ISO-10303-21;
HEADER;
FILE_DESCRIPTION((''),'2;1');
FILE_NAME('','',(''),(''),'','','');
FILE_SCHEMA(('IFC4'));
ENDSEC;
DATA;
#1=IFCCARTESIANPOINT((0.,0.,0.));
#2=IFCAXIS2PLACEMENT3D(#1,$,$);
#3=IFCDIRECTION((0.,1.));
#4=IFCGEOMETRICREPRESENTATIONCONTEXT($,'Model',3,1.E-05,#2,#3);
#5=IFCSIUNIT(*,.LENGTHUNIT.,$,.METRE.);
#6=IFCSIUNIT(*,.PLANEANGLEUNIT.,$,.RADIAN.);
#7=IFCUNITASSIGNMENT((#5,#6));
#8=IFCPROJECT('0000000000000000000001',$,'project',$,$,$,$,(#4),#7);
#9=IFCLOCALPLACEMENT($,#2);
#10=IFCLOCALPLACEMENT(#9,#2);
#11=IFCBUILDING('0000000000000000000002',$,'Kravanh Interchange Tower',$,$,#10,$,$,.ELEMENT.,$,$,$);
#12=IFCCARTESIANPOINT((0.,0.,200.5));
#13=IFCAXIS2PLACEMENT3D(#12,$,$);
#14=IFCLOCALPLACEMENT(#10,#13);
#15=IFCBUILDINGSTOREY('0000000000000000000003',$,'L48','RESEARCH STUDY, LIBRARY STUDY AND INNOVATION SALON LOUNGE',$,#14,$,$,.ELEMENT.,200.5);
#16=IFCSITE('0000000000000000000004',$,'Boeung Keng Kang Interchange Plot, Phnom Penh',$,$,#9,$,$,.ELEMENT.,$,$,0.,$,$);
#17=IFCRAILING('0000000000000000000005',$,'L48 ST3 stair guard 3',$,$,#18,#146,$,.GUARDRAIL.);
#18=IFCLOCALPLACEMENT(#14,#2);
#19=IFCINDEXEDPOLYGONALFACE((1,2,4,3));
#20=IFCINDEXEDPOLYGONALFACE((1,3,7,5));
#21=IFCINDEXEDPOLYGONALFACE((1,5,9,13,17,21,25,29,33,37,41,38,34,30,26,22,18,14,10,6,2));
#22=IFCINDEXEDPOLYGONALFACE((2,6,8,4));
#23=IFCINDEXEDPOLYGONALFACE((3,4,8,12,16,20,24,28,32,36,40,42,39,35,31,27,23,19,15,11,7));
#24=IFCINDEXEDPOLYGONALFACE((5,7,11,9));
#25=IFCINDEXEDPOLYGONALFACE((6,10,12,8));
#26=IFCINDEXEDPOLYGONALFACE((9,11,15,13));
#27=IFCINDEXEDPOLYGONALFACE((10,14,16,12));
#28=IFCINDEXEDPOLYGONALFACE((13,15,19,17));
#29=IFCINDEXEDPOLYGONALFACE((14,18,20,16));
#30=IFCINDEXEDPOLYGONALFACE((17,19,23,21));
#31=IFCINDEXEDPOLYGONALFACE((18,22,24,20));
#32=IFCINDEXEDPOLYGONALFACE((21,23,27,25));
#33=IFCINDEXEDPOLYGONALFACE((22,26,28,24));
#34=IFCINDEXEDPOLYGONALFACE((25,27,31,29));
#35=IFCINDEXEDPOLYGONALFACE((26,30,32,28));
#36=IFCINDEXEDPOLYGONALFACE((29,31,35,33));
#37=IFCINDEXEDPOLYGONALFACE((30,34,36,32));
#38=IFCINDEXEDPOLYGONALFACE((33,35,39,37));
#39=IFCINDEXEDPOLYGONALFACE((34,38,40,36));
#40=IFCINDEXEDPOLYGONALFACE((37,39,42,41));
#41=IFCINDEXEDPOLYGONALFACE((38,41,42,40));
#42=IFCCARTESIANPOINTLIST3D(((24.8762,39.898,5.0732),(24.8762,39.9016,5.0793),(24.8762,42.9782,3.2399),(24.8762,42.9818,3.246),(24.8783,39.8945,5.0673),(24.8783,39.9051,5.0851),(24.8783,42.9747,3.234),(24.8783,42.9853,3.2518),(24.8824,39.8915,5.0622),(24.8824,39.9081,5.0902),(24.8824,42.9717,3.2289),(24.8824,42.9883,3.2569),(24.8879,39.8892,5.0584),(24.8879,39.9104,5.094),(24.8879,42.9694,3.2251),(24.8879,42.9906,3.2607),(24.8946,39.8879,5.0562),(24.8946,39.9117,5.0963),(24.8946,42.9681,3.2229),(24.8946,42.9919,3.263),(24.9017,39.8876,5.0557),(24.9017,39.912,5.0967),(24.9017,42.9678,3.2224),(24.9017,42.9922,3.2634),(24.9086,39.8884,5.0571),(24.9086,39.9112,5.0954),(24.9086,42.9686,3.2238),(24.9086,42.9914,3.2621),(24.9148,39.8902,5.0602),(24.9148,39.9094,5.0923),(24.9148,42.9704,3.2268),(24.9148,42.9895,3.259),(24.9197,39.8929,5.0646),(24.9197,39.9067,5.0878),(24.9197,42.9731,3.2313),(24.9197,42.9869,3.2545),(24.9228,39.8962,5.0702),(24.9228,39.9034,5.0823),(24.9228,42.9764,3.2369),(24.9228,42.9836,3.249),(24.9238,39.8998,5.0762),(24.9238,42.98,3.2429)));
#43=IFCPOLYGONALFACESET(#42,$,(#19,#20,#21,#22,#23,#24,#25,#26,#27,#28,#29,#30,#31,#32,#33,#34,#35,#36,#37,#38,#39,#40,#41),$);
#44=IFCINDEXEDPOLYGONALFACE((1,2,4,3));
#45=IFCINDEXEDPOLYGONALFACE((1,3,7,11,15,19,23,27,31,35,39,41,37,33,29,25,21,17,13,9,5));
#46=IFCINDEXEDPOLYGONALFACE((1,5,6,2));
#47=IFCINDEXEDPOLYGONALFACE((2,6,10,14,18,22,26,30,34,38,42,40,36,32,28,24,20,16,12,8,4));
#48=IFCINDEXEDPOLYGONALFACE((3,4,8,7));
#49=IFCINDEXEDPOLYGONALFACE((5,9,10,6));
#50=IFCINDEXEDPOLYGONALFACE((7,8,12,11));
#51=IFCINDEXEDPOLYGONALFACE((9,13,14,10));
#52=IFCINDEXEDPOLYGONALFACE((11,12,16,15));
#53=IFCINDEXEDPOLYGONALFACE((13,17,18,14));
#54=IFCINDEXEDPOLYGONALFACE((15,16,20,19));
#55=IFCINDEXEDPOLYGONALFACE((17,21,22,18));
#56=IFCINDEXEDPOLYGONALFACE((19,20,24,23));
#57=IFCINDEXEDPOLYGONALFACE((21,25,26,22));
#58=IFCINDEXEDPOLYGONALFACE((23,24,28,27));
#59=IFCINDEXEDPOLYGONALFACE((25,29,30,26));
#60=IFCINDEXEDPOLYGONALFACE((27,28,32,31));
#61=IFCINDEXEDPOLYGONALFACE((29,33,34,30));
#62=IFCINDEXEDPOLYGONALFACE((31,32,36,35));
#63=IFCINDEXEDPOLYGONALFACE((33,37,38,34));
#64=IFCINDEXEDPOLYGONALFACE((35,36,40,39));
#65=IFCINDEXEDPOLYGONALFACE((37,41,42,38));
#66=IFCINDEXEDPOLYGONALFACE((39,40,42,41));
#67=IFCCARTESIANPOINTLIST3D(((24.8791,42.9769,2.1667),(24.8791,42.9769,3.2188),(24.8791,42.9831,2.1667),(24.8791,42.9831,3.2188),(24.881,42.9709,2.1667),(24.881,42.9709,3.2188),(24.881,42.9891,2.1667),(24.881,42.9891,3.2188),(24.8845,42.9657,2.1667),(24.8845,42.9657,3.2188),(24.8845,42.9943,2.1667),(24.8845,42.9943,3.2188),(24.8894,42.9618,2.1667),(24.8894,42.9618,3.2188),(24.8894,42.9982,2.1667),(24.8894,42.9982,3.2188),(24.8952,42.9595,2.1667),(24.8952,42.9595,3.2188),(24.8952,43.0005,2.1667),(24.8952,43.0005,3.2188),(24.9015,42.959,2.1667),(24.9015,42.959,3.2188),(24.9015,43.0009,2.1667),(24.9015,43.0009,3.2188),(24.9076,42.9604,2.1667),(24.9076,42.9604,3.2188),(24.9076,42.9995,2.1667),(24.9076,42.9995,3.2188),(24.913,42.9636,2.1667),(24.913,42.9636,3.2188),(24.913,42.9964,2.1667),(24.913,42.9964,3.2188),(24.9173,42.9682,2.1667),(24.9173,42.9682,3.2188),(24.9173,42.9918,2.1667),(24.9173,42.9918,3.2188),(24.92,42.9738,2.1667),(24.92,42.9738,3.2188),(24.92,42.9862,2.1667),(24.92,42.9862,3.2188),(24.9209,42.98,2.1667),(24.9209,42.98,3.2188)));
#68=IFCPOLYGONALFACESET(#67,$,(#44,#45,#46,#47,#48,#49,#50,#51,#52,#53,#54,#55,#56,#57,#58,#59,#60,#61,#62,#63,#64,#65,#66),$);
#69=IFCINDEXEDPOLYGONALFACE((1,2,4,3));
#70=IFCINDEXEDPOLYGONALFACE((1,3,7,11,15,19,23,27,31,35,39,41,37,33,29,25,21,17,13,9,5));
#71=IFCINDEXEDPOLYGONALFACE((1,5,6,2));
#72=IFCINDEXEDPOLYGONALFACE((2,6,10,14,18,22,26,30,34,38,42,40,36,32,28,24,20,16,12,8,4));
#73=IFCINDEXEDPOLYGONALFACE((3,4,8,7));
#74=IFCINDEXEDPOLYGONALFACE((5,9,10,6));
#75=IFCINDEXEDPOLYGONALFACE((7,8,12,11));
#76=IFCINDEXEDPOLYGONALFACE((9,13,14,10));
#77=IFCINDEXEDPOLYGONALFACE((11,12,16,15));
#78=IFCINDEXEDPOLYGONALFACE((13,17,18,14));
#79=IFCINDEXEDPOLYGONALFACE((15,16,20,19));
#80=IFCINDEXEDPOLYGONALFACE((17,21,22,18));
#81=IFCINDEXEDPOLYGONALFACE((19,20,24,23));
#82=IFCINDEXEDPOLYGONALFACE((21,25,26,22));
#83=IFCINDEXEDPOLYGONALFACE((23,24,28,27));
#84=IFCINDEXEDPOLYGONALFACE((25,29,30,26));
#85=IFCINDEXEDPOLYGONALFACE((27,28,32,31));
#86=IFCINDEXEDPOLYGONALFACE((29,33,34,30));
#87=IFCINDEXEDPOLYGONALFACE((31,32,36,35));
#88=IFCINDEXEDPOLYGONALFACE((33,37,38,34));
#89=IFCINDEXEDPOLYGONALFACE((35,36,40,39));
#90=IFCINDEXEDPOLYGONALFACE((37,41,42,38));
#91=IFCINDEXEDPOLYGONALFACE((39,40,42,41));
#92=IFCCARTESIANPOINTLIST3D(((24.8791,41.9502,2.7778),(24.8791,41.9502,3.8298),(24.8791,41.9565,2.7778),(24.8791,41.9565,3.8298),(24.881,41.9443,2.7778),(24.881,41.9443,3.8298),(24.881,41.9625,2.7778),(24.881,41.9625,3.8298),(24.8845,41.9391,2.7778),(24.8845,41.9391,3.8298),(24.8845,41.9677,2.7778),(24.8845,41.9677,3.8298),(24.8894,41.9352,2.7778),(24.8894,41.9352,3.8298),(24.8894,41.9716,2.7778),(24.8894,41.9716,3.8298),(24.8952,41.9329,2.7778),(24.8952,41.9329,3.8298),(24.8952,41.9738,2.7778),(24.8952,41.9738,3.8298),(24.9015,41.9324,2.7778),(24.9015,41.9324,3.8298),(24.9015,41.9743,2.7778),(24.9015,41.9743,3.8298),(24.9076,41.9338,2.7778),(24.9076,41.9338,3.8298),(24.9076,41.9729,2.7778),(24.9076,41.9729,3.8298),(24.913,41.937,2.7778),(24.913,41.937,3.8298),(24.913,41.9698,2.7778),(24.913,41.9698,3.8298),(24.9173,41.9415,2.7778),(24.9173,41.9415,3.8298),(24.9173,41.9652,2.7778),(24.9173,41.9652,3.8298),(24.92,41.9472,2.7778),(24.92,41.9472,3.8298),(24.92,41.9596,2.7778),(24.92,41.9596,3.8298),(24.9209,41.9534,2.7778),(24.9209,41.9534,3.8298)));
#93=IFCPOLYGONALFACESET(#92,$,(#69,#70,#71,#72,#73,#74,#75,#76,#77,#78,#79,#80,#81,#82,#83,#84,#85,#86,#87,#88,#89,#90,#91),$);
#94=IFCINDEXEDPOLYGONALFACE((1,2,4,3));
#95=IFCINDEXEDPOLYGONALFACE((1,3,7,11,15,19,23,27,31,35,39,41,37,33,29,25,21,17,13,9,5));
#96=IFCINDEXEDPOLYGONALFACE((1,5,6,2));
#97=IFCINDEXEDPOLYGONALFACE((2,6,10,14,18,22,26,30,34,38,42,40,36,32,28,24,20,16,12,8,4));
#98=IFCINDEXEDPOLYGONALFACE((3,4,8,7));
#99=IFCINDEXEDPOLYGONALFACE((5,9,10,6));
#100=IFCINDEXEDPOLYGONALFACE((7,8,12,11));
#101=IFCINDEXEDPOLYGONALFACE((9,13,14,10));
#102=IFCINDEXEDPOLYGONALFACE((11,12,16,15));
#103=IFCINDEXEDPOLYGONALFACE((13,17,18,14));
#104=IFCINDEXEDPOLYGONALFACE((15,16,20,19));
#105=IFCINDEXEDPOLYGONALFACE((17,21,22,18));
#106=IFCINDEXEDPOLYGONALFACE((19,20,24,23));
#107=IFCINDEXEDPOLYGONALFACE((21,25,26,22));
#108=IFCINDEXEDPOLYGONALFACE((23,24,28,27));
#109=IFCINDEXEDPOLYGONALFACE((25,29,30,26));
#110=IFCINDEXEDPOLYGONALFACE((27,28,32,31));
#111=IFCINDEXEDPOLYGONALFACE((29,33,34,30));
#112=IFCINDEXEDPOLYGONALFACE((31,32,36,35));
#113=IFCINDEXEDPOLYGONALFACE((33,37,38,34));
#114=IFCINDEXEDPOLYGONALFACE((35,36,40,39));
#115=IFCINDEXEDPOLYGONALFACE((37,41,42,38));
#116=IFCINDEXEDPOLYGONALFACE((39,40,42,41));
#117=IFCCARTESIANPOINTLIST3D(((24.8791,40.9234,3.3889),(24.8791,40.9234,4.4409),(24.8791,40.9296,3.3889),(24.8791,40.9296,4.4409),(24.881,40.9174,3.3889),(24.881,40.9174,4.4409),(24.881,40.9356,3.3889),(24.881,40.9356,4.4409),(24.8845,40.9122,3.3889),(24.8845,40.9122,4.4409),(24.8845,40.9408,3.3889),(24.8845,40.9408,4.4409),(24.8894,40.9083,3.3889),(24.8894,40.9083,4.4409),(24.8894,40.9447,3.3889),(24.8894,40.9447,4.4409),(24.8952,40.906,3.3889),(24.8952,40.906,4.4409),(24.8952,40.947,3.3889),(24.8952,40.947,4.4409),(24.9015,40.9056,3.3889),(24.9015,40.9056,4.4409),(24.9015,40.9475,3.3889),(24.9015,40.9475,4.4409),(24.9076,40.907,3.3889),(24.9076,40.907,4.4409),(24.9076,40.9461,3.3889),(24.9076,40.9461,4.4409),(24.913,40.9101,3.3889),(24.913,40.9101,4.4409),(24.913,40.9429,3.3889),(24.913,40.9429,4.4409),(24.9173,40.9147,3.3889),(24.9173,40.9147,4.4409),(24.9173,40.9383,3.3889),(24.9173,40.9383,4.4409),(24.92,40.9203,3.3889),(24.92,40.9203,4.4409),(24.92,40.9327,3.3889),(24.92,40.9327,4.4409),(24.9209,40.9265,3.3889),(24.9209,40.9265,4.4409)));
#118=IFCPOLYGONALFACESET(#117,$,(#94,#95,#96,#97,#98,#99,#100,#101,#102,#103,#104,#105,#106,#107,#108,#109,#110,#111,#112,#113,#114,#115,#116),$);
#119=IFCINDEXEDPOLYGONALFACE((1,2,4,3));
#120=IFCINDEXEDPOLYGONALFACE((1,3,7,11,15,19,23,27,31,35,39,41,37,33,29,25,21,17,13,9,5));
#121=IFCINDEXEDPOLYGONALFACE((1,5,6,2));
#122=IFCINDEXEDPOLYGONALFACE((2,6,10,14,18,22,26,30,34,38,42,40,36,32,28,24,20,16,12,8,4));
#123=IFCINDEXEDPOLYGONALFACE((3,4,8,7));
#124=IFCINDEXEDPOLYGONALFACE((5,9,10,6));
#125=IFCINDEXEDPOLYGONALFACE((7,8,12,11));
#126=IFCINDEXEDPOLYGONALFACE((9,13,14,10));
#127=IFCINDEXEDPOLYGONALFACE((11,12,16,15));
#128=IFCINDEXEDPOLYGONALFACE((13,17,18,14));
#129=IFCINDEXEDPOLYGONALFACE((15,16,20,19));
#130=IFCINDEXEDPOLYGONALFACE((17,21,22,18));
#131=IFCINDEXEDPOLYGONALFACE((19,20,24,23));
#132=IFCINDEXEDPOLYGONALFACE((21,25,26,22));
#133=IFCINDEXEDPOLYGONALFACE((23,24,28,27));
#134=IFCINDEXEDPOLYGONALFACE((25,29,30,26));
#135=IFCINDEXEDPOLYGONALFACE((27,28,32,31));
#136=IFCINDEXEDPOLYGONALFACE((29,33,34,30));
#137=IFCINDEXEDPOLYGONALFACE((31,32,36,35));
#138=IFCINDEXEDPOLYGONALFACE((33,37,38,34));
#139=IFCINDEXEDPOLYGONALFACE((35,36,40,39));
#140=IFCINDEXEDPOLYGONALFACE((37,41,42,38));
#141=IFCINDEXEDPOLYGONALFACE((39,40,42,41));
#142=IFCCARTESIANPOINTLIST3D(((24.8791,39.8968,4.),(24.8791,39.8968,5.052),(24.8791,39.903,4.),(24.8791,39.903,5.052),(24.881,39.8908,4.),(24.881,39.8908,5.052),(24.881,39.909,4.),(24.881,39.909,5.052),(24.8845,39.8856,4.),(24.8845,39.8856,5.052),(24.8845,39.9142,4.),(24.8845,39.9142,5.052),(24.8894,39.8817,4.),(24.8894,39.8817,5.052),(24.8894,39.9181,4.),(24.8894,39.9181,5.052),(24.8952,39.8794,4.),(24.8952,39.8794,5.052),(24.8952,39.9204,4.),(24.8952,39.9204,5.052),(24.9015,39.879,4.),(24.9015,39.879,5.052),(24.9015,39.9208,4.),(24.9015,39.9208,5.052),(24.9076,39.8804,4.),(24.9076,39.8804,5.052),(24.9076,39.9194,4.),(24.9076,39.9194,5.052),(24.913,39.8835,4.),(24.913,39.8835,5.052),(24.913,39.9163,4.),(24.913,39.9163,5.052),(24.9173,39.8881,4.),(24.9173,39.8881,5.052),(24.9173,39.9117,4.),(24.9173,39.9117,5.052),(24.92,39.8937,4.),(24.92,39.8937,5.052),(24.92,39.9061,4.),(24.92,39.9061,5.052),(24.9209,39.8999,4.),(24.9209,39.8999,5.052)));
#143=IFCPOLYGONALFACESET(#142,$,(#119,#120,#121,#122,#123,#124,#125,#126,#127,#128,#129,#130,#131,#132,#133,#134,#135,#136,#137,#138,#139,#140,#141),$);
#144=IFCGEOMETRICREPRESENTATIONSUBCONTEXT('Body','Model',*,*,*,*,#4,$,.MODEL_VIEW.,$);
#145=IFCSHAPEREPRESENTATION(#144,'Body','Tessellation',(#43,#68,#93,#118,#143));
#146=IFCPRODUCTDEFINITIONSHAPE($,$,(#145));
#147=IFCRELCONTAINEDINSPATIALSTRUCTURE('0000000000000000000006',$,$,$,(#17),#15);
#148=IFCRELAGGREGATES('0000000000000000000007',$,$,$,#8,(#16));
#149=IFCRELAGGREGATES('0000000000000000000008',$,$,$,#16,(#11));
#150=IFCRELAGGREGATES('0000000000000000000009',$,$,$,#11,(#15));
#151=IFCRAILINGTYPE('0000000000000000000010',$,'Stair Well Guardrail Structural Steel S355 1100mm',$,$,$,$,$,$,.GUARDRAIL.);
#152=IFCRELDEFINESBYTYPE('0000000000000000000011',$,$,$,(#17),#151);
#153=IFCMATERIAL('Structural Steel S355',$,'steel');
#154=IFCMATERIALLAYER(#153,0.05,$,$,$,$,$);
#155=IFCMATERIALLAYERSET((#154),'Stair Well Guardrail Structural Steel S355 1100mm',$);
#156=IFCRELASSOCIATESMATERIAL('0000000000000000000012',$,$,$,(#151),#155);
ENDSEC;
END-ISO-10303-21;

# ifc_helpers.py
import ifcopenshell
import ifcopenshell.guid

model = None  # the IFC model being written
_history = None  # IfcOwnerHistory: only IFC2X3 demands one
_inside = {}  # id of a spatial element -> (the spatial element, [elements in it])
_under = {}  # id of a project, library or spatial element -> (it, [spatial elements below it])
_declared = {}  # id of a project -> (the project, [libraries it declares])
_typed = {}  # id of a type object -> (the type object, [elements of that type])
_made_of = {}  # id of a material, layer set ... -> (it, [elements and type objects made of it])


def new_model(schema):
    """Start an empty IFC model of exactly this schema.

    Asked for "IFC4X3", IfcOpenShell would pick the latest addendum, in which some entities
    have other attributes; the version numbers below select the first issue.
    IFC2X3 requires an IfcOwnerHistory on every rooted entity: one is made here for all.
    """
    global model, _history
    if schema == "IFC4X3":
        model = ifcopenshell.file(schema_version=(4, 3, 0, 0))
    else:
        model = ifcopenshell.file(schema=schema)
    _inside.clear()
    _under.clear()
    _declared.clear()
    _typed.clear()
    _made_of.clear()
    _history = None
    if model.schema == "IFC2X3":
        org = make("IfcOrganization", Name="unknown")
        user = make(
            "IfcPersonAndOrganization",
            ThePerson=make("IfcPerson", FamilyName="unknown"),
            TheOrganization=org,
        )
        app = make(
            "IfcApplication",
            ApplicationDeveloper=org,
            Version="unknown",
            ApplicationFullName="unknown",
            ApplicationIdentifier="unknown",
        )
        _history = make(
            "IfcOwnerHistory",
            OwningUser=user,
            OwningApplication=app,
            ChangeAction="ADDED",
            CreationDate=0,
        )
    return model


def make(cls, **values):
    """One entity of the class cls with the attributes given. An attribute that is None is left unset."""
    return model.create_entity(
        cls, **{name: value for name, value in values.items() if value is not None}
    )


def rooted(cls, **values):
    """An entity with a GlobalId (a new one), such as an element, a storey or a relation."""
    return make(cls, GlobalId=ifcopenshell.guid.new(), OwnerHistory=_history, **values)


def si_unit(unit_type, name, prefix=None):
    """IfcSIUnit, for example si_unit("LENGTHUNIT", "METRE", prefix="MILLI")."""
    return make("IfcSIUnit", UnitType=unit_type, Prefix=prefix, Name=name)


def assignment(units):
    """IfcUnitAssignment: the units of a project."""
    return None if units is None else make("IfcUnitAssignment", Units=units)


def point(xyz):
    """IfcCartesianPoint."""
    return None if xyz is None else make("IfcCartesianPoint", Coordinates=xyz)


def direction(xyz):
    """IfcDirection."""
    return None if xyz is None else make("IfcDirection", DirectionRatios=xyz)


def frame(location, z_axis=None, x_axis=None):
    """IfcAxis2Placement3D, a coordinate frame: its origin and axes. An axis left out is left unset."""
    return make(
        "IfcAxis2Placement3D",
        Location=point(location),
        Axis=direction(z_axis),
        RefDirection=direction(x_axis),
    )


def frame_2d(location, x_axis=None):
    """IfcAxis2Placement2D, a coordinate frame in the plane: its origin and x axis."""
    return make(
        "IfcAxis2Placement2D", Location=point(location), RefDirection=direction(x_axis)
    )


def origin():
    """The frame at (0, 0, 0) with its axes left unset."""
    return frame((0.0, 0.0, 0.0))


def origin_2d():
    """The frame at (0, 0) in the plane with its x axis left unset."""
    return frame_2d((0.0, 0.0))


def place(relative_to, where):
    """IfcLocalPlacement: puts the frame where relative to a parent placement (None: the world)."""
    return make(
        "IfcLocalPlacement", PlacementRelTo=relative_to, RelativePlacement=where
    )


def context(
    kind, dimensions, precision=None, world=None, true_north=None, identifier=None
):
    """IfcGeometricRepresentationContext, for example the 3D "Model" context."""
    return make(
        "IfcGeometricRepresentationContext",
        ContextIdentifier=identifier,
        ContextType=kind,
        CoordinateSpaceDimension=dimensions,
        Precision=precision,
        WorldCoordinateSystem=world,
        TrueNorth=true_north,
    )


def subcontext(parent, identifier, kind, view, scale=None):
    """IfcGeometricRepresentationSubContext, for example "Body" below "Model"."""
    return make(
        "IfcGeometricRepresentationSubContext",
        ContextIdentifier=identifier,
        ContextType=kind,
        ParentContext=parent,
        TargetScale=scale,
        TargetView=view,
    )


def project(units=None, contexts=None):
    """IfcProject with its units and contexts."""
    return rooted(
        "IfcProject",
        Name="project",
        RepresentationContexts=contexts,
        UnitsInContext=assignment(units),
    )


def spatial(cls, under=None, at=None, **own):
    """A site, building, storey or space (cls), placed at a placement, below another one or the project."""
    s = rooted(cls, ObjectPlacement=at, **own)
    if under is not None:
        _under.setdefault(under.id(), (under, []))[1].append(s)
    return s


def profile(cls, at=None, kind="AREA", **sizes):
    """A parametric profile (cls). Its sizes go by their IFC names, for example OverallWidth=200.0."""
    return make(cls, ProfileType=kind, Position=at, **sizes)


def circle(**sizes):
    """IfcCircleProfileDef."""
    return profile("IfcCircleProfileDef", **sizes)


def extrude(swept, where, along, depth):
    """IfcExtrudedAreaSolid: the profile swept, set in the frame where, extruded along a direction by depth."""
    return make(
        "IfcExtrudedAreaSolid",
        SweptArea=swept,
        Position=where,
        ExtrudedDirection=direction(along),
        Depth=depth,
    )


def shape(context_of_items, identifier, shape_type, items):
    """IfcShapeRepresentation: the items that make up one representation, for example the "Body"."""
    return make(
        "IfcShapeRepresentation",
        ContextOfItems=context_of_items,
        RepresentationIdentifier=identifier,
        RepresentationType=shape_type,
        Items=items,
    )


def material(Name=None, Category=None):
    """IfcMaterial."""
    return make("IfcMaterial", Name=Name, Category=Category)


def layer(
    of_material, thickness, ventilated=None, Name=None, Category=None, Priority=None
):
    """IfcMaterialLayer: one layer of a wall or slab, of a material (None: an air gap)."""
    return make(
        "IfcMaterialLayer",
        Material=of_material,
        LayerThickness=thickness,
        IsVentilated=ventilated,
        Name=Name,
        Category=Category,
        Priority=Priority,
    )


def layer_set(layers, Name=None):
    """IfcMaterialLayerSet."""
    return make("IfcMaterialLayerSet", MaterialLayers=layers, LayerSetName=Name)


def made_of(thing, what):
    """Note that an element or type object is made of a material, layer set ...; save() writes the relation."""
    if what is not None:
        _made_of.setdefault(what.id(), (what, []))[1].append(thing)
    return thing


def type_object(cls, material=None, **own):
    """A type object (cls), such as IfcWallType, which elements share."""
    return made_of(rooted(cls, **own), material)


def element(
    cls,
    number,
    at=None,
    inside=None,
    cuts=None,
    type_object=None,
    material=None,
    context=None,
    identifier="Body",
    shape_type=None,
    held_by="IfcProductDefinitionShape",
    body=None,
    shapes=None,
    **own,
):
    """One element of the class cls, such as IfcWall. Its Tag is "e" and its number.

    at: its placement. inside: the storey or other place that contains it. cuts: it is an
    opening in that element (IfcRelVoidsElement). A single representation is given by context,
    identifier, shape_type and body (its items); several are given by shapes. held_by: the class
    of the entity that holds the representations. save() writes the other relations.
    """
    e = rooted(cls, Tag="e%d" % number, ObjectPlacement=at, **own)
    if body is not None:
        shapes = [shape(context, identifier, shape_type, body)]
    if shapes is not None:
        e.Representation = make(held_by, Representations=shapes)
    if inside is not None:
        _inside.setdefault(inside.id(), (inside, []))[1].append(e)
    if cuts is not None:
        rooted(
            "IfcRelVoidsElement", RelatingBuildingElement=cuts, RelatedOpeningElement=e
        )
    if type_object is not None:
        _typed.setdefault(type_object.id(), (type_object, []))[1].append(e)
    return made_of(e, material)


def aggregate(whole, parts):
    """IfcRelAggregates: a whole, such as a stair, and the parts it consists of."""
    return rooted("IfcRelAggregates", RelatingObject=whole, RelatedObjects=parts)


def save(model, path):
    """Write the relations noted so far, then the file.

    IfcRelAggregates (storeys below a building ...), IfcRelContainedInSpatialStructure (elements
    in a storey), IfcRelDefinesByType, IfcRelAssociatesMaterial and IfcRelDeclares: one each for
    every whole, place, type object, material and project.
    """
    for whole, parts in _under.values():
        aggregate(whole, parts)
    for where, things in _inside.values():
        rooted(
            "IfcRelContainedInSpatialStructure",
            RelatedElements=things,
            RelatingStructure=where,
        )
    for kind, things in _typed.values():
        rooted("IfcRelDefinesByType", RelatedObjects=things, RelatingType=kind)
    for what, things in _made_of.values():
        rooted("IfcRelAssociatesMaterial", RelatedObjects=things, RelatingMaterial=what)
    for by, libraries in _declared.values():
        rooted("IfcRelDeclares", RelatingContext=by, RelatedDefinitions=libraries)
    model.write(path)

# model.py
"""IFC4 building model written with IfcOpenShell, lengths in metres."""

from ifc_helpers import new_model, si_unit, direction, frame, origin, origin_2d, place, context, subcontext, project, spatial, circle, extrude, material, layer, layer_set, type_object, element, save


model = new_model("IFC4")

# Units and contexts
model_context = context("Model", 3, precision=1e-05, world=origin(), true_north=direction((0.0, 1.0)))
body_context = subcontext(model_context, "Body", "Model", "MODEL_VIEW")
ifc_project = project(units=[si_unit("LENGTHUNIT", "METRE"), si_unit("PLANEANGLEUNIT", "RADIAN")], contexts=[model_context])

# Site, building, storey
site_placement = place(None, origin())
site = spatial("IfcSite", under=ifc_project, at=site_placement, Name="Boeung Keng Kang Interchange Plot, Phnom Penh", CompositionType="ELEMENT", RefElevation=0.0)
building_placement = place(site_placement, origin())
building = spatial("IfcBuilding", under=site, at=building_placement, Name="Kravanh Interchange Tower", CompositionType="ELEMENT")
storey_placement = place(building_placement, frame((0.0, 0.0, 200.5)))
storey = spatial("IfcBuildingStorey", under=building, at=storey_placement, Name="L48", Description="RESEARCH STUDY, LIBRARY STUDY AND INNOVATION SALON LOUNGE", CompositionType="ELEMENT", Elevation=200.5)

# Railing
ifc_material_1 = material(Name="Structural Steel S355", Category="steel")
ifc_layer_1 = layer(ifc_material_1, 0.05)
ifc_layer_set_1 = layer_set([ifc_layer_1], Name="Stair Well Guardrail Structural Steel S355 1100mm")
railing_type_1 = type_object("IfcRailingType", Name="Stair Well Guardrail Structural Steel S355 1100mm", PredefinedType="GUARDRAIL", material=ifc_layer_set_1)
railing_1_placement = place(storey_placement, frame((24.8999, 42.98, 2.1667)))
element("IfcRailing", 1, at=railing_1_placement, inside=storey, type_object=railing_type_1, Name="L48 ST3 stair guard 3", PredefinedType="GUARDRAIL", context=body_context, shape_type="SweptSolid", body=[
    extrude(circle(Radius=0.0239, at=origin_2d()), frame((0.0, 0.0, 1.0762), z_axis=(0.0, -0.859309, 0.511458), x_axis=(1.0, 0.0, 0.0)), (0.0, 0.0, 1.0), 3.5845),
    extrude(circle(Radius=0.021, at=origin_2d()), origin(), (0.0, 0.0, 1.0), 1.052),
    extrude(circle(Radius=0.021, at=origin_2d()), frame((0.0, -1.0266, 0.6111)), (0.0, 0.0, 1.0), 1.052),
    extrude(circle(Radius=0.021, at=origin_2d()), frame((0.0, -2.0535, 1.2222)), (0.0, 0.0, 1.0), 1.052),
    extrude(circle(Radius=0.021, at=origin_2d()), frame((0.0, -3.0801, 1.8333)), (0.0, 0.0, 1.0), 1.052),
])

save(model, "model.ifc")
